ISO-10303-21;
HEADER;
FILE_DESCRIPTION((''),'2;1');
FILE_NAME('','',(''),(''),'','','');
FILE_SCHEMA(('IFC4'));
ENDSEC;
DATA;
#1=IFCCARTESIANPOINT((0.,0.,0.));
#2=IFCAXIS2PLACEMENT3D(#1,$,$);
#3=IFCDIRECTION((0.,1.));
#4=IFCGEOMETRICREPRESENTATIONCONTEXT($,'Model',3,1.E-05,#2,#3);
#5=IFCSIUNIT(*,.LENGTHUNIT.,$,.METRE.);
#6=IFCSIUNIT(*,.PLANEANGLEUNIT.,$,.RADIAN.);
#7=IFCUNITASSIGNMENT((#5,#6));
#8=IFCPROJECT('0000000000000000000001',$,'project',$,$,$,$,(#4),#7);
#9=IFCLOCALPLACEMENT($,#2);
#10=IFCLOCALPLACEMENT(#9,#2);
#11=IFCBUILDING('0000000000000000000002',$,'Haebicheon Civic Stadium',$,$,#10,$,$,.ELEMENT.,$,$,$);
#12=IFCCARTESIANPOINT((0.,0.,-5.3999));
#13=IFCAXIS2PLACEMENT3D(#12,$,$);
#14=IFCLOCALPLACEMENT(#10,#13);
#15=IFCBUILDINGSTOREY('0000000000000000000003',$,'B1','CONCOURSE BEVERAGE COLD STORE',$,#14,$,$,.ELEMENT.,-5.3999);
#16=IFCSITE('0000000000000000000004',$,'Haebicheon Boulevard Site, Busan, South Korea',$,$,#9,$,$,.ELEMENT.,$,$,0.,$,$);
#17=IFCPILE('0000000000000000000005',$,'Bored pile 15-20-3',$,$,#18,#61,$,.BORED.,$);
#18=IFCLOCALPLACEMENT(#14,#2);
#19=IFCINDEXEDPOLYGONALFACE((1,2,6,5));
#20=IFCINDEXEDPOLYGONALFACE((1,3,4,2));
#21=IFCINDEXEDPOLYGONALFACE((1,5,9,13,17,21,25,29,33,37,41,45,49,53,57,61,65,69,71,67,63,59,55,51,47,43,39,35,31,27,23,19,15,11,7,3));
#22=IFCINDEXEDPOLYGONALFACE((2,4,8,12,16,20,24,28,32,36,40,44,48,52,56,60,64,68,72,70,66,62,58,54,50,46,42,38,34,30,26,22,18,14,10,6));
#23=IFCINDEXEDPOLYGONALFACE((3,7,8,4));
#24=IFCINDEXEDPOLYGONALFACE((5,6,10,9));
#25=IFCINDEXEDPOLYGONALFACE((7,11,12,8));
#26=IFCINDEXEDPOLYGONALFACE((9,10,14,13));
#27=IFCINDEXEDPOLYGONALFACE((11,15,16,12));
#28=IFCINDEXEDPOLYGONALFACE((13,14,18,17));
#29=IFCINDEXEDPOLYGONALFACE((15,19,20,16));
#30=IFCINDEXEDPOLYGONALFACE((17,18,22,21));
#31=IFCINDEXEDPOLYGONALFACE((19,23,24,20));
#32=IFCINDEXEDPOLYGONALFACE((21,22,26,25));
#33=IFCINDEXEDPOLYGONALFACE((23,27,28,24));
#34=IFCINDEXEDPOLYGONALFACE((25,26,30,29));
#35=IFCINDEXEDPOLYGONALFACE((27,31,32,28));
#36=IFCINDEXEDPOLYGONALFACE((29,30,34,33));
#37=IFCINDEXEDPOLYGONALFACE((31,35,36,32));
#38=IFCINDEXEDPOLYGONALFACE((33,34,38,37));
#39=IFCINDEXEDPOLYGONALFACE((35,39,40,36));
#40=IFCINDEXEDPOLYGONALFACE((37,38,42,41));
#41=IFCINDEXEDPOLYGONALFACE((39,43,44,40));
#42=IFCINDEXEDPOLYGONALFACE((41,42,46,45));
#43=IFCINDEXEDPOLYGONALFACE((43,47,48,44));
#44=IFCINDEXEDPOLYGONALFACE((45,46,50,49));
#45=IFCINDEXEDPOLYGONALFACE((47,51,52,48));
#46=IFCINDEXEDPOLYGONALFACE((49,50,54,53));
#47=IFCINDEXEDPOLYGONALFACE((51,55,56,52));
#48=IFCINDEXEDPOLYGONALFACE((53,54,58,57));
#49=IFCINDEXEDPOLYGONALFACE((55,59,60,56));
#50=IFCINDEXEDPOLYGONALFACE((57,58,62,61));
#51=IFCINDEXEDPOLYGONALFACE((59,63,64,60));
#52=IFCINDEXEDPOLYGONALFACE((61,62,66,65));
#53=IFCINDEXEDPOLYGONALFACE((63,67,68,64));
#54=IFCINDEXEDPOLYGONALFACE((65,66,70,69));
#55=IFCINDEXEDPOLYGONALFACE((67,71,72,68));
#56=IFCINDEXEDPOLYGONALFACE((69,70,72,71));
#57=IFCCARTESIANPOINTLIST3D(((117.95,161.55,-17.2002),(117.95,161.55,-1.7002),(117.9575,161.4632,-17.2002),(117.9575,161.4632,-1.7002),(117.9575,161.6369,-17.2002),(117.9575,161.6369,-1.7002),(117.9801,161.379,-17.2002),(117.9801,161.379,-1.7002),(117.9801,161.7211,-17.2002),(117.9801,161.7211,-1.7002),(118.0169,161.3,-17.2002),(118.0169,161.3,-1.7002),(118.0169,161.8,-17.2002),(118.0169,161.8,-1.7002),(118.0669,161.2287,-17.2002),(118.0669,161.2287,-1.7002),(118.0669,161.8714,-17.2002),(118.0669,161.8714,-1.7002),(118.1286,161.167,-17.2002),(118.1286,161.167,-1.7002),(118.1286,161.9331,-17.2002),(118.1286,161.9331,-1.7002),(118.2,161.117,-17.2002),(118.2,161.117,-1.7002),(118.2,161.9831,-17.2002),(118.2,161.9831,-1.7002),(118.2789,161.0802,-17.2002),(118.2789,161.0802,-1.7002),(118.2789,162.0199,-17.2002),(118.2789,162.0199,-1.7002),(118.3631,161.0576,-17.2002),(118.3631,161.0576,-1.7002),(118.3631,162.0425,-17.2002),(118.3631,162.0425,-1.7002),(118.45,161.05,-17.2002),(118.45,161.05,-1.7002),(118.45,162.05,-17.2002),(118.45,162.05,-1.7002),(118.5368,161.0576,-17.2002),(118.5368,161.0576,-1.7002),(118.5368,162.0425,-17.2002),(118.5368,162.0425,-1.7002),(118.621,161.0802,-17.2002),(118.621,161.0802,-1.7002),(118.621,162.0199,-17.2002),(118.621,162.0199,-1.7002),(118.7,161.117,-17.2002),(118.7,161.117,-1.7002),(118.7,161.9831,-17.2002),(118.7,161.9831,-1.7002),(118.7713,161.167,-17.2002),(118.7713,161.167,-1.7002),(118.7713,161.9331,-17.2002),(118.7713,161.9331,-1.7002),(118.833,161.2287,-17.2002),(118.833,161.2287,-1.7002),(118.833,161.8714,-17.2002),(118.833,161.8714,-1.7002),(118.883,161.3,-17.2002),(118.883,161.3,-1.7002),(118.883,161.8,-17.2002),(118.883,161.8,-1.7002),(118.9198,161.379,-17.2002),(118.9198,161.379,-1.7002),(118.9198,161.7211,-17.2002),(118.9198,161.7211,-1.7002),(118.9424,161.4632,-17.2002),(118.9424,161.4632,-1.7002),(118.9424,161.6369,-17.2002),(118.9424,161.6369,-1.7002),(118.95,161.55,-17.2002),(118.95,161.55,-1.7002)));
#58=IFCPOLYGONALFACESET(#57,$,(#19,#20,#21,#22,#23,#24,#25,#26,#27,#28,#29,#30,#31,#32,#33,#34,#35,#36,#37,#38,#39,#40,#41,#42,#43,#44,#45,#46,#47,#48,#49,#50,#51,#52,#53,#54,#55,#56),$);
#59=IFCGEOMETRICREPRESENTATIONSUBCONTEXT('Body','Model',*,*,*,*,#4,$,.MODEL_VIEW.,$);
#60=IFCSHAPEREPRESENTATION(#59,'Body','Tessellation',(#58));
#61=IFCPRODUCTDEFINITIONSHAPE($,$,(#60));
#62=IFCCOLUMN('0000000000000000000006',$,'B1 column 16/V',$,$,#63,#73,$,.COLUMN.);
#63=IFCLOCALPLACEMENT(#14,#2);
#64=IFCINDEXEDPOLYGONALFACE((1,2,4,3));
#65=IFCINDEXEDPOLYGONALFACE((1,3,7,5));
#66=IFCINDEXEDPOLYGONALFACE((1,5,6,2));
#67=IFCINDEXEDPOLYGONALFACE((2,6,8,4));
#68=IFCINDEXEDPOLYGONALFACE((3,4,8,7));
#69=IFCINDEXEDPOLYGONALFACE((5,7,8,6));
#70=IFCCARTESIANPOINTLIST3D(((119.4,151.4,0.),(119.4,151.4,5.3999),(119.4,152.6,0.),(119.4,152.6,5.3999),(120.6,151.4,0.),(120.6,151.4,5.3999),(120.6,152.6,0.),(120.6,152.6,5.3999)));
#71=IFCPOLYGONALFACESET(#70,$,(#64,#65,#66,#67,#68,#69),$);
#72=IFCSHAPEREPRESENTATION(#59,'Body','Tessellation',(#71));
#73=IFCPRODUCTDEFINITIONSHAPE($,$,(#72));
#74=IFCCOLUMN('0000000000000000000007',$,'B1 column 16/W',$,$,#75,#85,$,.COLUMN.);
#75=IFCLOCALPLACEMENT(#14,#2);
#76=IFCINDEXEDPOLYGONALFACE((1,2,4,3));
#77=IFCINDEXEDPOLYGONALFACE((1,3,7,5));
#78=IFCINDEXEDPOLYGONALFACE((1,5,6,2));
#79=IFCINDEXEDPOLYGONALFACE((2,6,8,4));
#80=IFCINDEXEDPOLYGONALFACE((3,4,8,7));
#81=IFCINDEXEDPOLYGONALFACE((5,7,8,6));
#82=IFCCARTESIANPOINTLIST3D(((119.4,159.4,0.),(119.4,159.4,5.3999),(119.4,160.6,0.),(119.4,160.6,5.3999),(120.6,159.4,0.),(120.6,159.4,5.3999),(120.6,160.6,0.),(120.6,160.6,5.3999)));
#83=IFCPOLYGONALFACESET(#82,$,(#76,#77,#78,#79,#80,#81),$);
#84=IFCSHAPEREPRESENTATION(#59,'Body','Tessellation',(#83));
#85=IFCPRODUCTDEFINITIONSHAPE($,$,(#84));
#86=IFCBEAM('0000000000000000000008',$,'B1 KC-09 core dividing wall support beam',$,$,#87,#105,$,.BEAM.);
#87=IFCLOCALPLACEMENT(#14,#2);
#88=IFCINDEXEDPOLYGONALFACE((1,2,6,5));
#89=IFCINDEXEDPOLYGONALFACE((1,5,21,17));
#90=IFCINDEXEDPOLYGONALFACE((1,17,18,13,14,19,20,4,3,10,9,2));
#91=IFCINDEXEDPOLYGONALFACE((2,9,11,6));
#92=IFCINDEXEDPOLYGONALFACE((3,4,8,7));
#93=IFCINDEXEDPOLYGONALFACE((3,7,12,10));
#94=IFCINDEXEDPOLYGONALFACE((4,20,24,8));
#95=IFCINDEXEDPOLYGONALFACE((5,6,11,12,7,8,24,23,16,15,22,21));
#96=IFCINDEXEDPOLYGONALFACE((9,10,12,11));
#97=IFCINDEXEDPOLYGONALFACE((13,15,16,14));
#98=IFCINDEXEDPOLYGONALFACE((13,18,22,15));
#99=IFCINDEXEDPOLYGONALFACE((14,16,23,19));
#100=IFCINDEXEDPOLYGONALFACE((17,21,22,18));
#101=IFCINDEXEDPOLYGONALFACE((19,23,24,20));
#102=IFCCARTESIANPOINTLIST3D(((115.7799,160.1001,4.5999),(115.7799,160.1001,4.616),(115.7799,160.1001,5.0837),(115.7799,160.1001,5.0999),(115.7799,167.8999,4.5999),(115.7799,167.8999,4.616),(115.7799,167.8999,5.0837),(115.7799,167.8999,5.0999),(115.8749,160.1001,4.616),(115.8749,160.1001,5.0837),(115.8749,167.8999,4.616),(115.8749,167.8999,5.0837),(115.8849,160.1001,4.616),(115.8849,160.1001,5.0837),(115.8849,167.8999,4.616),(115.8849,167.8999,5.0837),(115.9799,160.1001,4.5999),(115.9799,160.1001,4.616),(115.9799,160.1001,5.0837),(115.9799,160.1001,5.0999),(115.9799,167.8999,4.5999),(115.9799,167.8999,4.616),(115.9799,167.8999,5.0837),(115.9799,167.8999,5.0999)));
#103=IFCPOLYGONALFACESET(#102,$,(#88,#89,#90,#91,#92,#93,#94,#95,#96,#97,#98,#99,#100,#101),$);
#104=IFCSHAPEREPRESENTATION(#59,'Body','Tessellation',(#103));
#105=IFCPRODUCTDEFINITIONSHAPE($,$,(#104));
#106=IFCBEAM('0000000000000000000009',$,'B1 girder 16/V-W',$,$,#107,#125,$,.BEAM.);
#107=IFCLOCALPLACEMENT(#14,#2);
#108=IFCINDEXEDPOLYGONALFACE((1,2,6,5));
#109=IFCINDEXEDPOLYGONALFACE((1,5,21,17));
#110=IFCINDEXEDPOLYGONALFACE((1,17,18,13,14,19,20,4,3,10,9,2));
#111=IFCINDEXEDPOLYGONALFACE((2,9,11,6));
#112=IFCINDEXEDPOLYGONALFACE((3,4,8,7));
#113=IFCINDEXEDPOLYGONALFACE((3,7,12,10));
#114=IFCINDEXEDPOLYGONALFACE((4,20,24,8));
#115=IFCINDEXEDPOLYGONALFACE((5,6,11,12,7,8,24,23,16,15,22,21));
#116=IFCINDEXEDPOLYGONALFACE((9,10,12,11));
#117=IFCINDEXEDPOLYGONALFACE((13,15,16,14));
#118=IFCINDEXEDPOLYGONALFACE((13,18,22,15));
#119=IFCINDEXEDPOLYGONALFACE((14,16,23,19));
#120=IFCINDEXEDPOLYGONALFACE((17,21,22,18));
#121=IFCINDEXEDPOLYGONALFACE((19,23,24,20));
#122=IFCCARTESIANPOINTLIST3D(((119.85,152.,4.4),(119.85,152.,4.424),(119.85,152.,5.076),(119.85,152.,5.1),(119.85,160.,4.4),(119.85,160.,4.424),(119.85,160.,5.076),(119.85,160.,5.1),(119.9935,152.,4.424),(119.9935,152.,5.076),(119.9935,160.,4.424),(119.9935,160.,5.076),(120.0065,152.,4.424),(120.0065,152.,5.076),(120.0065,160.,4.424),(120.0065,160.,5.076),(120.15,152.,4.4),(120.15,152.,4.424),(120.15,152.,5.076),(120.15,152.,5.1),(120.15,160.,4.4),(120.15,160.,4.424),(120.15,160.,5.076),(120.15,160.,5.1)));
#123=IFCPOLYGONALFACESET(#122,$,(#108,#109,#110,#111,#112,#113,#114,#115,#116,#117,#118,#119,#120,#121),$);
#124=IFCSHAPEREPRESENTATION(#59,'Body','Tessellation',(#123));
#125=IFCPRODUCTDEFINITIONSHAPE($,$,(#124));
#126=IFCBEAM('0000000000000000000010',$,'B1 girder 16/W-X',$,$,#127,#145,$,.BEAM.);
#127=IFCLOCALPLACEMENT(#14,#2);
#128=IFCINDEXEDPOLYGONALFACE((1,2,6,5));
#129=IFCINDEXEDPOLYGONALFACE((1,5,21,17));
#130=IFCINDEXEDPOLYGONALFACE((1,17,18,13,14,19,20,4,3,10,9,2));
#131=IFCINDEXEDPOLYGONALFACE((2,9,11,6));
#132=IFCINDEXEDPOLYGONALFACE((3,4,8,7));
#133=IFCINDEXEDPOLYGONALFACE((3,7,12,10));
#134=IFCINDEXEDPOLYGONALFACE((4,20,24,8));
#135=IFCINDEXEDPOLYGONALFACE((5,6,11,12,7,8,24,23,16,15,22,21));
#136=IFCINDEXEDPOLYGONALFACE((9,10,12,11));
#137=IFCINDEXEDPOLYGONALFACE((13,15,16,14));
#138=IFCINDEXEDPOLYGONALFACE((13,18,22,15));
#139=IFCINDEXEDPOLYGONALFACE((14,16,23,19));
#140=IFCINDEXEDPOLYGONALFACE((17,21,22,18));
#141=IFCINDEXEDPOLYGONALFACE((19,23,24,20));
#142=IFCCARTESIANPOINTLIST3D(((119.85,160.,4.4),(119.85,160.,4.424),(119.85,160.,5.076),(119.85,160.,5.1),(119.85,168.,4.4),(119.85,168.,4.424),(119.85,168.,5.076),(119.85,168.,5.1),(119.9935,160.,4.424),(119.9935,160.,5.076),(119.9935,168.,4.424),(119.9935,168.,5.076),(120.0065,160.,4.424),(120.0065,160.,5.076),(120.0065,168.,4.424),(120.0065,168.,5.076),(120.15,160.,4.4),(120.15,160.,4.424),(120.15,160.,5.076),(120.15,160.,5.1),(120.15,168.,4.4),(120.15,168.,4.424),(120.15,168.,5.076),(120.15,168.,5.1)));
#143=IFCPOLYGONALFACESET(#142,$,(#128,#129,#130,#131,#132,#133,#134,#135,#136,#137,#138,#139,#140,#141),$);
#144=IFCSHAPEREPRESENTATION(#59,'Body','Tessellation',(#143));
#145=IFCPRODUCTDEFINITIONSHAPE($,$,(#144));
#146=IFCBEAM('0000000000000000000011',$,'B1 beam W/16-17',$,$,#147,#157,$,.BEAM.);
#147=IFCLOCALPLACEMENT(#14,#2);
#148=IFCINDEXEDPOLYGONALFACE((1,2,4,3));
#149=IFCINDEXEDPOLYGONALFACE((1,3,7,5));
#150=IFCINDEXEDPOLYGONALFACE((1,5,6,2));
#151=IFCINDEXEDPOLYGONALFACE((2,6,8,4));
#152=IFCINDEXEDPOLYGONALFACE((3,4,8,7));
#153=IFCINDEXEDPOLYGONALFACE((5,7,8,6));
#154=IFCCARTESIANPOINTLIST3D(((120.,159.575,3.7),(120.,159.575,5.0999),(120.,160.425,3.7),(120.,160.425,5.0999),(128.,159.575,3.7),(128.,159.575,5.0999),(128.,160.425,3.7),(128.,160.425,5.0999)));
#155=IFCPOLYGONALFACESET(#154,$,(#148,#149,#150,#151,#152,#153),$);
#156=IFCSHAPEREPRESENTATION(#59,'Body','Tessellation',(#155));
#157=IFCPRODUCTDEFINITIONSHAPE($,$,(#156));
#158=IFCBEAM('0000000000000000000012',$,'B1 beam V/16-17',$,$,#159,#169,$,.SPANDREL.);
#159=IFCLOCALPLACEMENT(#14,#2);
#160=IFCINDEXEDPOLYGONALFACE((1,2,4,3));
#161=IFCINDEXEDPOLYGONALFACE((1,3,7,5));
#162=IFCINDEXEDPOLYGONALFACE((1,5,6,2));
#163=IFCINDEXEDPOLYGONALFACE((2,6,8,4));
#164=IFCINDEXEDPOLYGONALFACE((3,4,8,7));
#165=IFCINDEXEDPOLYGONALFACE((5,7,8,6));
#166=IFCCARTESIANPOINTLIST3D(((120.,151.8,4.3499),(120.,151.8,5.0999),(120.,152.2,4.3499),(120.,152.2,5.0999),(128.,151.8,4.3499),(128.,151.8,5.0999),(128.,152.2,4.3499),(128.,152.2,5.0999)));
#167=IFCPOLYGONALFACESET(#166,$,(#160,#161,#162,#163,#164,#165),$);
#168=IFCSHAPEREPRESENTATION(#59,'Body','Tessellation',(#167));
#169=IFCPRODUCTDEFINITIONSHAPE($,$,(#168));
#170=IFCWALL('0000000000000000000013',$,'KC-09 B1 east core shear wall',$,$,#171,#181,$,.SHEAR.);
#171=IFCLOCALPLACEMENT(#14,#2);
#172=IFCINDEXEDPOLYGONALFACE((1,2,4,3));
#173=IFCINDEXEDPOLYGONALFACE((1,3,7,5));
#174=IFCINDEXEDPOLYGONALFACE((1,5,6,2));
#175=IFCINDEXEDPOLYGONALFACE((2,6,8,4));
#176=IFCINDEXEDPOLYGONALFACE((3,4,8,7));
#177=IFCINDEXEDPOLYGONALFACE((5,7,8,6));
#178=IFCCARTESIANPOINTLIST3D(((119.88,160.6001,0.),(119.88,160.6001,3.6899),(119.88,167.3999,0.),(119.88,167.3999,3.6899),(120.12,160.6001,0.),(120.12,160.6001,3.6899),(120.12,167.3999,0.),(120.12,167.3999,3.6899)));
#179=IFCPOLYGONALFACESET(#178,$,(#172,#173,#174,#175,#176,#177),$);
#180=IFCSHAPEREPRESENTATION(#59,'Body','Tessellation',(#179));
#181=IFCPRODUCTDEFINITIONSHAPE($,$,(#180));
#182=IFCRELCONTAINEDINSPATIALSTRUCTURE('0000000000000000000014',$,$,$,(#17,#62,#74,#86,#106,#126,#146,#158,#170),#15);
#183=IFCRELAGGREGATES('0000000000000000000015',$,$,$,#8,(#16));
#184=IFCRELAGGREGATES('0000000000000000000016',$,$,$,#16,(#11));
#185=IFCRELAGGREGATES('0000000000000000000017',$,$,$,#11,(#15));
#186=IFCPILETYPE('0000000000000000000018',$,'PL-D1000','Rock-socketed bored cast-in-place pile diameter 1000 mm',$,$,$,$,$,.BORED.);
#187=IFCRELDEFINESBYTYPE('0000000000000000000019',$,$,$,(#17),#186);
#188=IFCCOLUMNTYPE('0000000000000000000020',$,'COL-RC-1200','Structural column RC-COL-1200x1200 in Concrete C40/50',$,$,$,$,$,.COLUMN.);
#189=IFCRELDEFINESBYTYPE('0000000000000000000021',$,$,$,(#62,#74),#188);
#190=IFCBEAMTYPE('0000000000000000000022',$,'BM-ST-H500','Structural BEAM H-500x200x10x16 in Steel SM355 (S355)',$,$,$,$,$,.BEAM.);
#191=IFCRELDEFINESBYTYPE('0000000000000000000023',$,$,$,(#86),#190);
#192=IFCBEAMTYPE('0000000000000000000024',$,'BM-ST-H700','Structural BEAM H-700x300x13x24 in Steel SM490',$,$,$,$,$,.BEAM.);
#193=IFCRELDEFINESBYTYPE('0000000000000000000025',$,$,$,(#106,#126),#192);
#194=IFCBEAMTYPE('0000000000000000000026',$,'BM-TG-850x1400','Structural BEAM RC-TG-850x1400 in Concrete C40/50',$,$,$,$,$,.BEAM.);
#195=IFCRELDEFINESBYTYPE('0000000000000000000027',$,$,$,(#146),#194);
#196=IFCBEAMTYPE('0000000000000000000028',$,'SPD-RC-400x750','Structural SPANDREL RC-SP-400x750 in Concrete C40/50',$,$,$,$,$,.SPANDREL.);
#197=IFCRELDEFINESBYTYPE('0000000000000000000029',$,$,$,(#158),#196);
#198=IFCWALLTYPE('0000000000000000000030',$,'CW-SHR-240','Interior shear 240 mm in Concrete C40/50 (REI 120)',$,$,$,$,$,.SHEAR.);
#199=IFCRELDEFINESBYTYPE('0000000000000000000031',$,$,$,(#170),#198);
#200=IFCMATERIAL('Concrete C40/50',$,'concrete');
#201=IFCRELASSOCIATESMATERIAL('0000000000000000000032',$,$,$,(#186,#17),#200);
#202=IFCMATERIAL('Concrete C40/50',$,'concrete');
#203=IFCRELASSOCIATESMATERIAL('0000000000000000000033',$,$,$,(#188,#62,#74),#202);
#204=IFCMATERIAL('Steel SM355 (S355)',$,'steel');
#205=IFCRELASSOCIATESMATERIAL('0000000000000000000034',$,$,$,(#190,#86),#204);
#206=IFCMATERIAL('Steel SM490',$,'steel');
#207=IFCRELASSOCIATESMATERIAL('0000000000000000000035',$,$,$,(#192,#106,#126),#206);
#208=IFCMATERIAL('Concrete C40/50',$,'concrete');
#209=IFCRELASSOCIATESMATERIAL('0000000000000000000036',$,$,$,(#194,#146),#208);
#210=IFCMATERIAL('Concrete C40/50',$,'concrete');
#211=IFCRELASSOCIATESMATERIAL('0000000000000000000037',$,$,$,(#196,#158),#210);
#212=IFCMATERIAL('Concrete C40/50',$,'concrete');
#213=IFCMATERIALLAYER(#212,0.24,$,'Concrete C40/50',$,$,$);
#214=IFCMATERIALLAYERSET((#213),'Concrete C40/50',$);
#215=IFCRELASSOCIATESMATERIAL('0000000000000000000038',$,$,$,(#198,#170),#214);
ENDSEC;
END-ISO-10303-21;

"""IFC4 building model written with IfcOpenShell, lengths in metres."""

from ifc_helpers import new_model, si_unit, direction, frame, frame_2d, origin, origin_2d, place, context, subcontext, project, spatial, rectangle, circle, i_section, extrude, material, layer, layer_set, material_profile, profile_set, type_object, element, save


model = new_model("IFC4")

# Units and contexts
model_context = context("Model", 3, precision=1e-05, world=origin(), true_north=direction((0.0, 1.0)))
body_context = subcontext(model_context, "Body", "Model", "MODEL_VIEW")
ifc_project = project(units=[si_unit("LENGTHUNIT", "METRE"), si_unit("PLANEANGLEUNIT", "RADIAN")], contexts=[model_context])

# Site, building, storey
site_placement = place(None, origin())
site = spatial("IfcSite", under=ifc_project, at=site_placement, Name="Haebicheon Boulevard Site, Busan, South Korea", CompositionType="ELEMENT", RefElevation=0.0)
building_placement = place(site_placement, origin())
building = spatial("IfcBuilding", under=site, at=building_placement, Name="Haebicheon Civic Stadium", CompositionType="ELEMENT")
storey_placement = place(building_placement, frame((0.0, 0.0, -5.3999)))
storey = spatial("IfcBuildingStorey", under=building, at=storey_placement, Name="B1", Description="CONCOURSE BEVERAGE COLD STORE", CompositionType="ELEMENT", Elevation=-5.3999)

# Pile
ifc_material_1 = material(Name="Concrete C40/50", Category="concrete")
ifc_material_profile_1 = material_profile(ifc_material_1, circle(Radius=0.5, at=origin_2d()), Name="PILE-D1000")
ifc_profile_set_1 = profile_set([ifc_material_profile_1], Name="Concrete C40/50")
pile_type = type_object("IfcPileType", Name="PL-D1000", Description="Rock-socketed bored cast-in-place pile diameter 1000 mm", PredefinedType="BORED", material=ifc_profile_set_1)
for number, where, z_axis, x_axis, name in (
    (1, (118.45, 161.55, -1.7002), (0.0, 0.0, -1.0), (1.0, 0.0, 0.0), "Bored pile 15-20-3"),
):
    element("IfcPile", number, at=place(storey_placement, frame(where, z_axis=z_axis, x_axis=x_axis)), inside=storey, type_object=pile_type, material=ifc_profile_set_1, Name=name, PredefinedType="BORED", context=body_context, shape_type="SweptSolid", body=[
        extrude(circle(Radius=0.5, at=origin_2d()), origin(), (0.0, 0.0, 1.0), 15.5),
    ])

# Columns
ifc_material_2 = material(Name="Concrete C40/50", Category="concrete")
ifc_material_profile_2 = material_profile(ifc_material_2, rectangle(XDim=1.2, YDim=1.2, at=origin_2d()), Name="RC-COL-1200x1200")
ifc_profile_set_2 = profile_set([ifc_material_profile_2], Name="Concrete C40/50")
column_type = type_object("IfcColumnType", Name="COL-RC-1200", Description="Structural column RC-COL-1200x1200 in Concrete C40/50", PredefinedType="COLUMN", material=ifc_profile_set_2)
for number, where, z_axis, x_axis, name in (
    (2, (120.0, 152.0, 0.0), (0.0, 0.0, 1.0), (1.0, 0.0, 0.0), "B1 column 16/V"),
    (3, (120.0, 160.0, 0.0), (0.0, 0.0, 1.0), (1.0, 0.0, 0.0), "B1 column 16/W"),
):
    element("IfcColumn", number, at=place(storey_placement, frame(where, z_axis=z_axis, x_axis=x_axis)), inside=storey, type_object=column_type, material=ifc_profile_set_2, Name=name, PredefinedType="COLUMN", context=body_context, shape_type="SweptSolid", body=[
        extrude(rectangle(XDim=1.2, YDim=1.2, at=origin_2d()), origin(), (0.0, 0.0, 1.0), 5.3999),
    ])

# Beams
ifc_material_3 = material(Name="Steel SM355 (S355)", Category="steel")
ifc_material_profile_3 = material_profile(ifc_material_3, i_section(OverallWidth=0.2, OverallDepth=0.5, WebThickness=0.01, FlangeThickness=0.0161, at=origin_2d()), Name="H-500x200x10x16")
ifc_profile_set_3 = profile_set([ifc_material_profile_3], Name="Steel SM355 (S355)")
beam_type_1 = type_object("IfcBeamType", Name="BM-ST-H500", Description="Structural BEAM H-500x200x10x16 in Steel SM355 (S355)", PredefinedType="BEAM", material=ifc_profile_set_3)
beam_1_placement = place(storey_placement, frame((115.8799, 160.1001, 4.8499), z_axis=(0.0, 1.0, 0.0), x_axis=(-1.0, 0.0, 0.0)))
element("IfcBeam", 4, at=beam_1_placement, inside=storey, type_object=beam_type_1, material=ifc_profile_set_3, Name="B1 KC-09 core dividing wall support beam", PredefinedType="BEAM", context=body_context, shape_type="SweptSolid", body=[
    extrude(i_section(OverallWidth=0.2, OverallDepth=0.5, WebThickness=0.01, FlangeThickness=0.0161, at=origin_2d()), origin(), (0.0, 0.0, 1.0), 7.7998),
])
ifc_material_4 = material(Name="Steel SM490", Category="steel")
ifc_material_profile_4 = material_profile(ifc_material_4, i_section(OverallWidth=0.3, OverallDepth=0.7, WebThickness=0.0129, FlangeThickness=0.0239, at=origin_2d()), Name="H-700x300x13x24")
ifc_profile_set_4 = profile_set([ifc_material_profile_4], Name="Steel SM490")
beam_type_2 = type_object("IfcBeamType", Name="BM-ST-H700", Description="Structural BEAM H-700x300x13x24 in Steel SM490", PredefinedType="BEAM", material=ifc_profile_set_4)
for number, where, z_axis, x_axis, name in (
    (5, (120.0, 152.0, 4.75), (0.0, 1.0, 0.0), (-1.0, 0.0, 0.0), "B1 girder 16/V-W"),
    (6, (120.0, 160.0, 4.75), (0.0, 1.0, 0.0), (-1.0, 0.0, 0.0), "B1 girder 16/W-X"),
):
    element("IfcBeam", number, at=place(storey_placement, frame(where, z_axis=z_axis, x_axis=x_axis)), inside=storey, type_object=beam_type_2, material=ifc_profile_set_4, Name=name, PredefinedType="BEAM", context=body_context, shape_type="SweptSolid", body=[
        extrude(i_section(OverallWidth=0.3, OverallDepth=0.7, WebThickness=0.0129, FlangeThickness=0.0239, at=origin_2d()), origin(), (0.0, 0.0, 1.0), 8.0),
    ])
ifc_material_5 = material(Name="Concrete C40/50", Category="concrete")
ifc_material_profile_5 = material_profile(ifc_material_5, rectangle(XDim=0.8501, YDim=1.3999, at=origin_2d()), Name="RC-TG-850x1400")
ifc_profile_set_5 = profile_set([ifc_material_profile_5], Name="Concrete C40/50")
beam_type_3 = type_object("IfcBeamType", Name="BM-TG-850x1400", Description="Structural BEAM RC-TG-850x1400 in Concrete C40/50", PredefinedType="BEAM", material=ifc_profile_set_5)
beam_2_placement = place(storey_placement, frame((120.0, 160.0, 4.3999), z_axis=(1.0, 0.0, 0.0), x_axis=(0.0, 1.0, 0.0)))
element("IfcBeam", 7, at=beam_2_placement, inside=storey, type_object=beam_type_3, material=ifc_profile_set_5, Name="B1 beam W/16-17", PredefinedType="BEAM", context=body_context, shape_type="SweptSolid", body=[
    extrude(rectangle(XDim=0.8501, YDim=1.3999, at=origin_2d()), origin(), (0.0, 0.0, 1.0), 8.0),
])
ifc_material_6 = material(Name="Concrete C40/50", Category="concrete")
ifc_material_profile_6 = material_profile(ifc_material_6, rectangle(XDim=0.3999, YDim=0.75, at=origin_2d()), Name="RC-SP-400x750")
ifc_profile_set_6 = profile_set([ifc_material_profile_6], Name="Concrete C40/50")
beam_type_4 = type_object("IfcBeamType", Name="SPD-RC-400x750", Description="Structural SPANDREL RC-SP-400x750 in Concrete C40/50", PredefinedType="SPANDREL", material=ifc_profile_set_6)
beam_3_placement = place(storey_placement, frame((120.0, 152.0, 4.7249), z_axis=(1.0, 0.0, 0.0), x_axis=(0.0, 1.0, 0.0)))
element("IfcBeam", 8, at=beam_3_placement, inside=storey, type_object=beam_type_4, material=ifc_profile_set_6, Name="B1 beam V/16-17", PredefinedType="SPANDREL", context=body_context, shape_type="SweptSolid", body=[
    extrude(rectangle(XDim=0.3999, YDim=0.75, at=origin_2d()), origin(), (0.0, 0.0, 1.0), 8.0),
])

# Wall
ifc_material_7 = material(Name="Concrete C40/50", Category="concrete")
ifc_layer_1 = layer(ifc_material_7, 0.24, Name="Concrete C40/50")
ifc_layer_set_1 = layer_set([ifc_layer_1], Name="Concrete C40/50")
wall_type = type_object("IfcWallType", Name="CW-SHR-240", Description="Interior shear 240 mm in Concrete C40/50 (REI 120)", PredefinedType="SHEAR", material=ifc_layer_set_1)
wall_1_placement = place(storey_placement, frame((120.0, 160.6001, 0.0), z_axis=(0.0, 0.0, 1.0), x_axis=(0.0, 1.0, 0.0)))
element("IfcWall", 9, at=wall_1_placement, inside=storey, type_object=wall_type, material=ifc_layer_set_1, Name="KC-09 B1 east core shear wall", PredefinedType="SHEAR", context=body_context, shape_type="SweptSolid", body=[
    extrude(rectangle(XDim=6.7998, YDim=0.24, at=frame_2d((3.3999, 0.0))), origin(), (0.0, 0.0, 1.0), 3.6899),
])

save(model, "model.ifc")
